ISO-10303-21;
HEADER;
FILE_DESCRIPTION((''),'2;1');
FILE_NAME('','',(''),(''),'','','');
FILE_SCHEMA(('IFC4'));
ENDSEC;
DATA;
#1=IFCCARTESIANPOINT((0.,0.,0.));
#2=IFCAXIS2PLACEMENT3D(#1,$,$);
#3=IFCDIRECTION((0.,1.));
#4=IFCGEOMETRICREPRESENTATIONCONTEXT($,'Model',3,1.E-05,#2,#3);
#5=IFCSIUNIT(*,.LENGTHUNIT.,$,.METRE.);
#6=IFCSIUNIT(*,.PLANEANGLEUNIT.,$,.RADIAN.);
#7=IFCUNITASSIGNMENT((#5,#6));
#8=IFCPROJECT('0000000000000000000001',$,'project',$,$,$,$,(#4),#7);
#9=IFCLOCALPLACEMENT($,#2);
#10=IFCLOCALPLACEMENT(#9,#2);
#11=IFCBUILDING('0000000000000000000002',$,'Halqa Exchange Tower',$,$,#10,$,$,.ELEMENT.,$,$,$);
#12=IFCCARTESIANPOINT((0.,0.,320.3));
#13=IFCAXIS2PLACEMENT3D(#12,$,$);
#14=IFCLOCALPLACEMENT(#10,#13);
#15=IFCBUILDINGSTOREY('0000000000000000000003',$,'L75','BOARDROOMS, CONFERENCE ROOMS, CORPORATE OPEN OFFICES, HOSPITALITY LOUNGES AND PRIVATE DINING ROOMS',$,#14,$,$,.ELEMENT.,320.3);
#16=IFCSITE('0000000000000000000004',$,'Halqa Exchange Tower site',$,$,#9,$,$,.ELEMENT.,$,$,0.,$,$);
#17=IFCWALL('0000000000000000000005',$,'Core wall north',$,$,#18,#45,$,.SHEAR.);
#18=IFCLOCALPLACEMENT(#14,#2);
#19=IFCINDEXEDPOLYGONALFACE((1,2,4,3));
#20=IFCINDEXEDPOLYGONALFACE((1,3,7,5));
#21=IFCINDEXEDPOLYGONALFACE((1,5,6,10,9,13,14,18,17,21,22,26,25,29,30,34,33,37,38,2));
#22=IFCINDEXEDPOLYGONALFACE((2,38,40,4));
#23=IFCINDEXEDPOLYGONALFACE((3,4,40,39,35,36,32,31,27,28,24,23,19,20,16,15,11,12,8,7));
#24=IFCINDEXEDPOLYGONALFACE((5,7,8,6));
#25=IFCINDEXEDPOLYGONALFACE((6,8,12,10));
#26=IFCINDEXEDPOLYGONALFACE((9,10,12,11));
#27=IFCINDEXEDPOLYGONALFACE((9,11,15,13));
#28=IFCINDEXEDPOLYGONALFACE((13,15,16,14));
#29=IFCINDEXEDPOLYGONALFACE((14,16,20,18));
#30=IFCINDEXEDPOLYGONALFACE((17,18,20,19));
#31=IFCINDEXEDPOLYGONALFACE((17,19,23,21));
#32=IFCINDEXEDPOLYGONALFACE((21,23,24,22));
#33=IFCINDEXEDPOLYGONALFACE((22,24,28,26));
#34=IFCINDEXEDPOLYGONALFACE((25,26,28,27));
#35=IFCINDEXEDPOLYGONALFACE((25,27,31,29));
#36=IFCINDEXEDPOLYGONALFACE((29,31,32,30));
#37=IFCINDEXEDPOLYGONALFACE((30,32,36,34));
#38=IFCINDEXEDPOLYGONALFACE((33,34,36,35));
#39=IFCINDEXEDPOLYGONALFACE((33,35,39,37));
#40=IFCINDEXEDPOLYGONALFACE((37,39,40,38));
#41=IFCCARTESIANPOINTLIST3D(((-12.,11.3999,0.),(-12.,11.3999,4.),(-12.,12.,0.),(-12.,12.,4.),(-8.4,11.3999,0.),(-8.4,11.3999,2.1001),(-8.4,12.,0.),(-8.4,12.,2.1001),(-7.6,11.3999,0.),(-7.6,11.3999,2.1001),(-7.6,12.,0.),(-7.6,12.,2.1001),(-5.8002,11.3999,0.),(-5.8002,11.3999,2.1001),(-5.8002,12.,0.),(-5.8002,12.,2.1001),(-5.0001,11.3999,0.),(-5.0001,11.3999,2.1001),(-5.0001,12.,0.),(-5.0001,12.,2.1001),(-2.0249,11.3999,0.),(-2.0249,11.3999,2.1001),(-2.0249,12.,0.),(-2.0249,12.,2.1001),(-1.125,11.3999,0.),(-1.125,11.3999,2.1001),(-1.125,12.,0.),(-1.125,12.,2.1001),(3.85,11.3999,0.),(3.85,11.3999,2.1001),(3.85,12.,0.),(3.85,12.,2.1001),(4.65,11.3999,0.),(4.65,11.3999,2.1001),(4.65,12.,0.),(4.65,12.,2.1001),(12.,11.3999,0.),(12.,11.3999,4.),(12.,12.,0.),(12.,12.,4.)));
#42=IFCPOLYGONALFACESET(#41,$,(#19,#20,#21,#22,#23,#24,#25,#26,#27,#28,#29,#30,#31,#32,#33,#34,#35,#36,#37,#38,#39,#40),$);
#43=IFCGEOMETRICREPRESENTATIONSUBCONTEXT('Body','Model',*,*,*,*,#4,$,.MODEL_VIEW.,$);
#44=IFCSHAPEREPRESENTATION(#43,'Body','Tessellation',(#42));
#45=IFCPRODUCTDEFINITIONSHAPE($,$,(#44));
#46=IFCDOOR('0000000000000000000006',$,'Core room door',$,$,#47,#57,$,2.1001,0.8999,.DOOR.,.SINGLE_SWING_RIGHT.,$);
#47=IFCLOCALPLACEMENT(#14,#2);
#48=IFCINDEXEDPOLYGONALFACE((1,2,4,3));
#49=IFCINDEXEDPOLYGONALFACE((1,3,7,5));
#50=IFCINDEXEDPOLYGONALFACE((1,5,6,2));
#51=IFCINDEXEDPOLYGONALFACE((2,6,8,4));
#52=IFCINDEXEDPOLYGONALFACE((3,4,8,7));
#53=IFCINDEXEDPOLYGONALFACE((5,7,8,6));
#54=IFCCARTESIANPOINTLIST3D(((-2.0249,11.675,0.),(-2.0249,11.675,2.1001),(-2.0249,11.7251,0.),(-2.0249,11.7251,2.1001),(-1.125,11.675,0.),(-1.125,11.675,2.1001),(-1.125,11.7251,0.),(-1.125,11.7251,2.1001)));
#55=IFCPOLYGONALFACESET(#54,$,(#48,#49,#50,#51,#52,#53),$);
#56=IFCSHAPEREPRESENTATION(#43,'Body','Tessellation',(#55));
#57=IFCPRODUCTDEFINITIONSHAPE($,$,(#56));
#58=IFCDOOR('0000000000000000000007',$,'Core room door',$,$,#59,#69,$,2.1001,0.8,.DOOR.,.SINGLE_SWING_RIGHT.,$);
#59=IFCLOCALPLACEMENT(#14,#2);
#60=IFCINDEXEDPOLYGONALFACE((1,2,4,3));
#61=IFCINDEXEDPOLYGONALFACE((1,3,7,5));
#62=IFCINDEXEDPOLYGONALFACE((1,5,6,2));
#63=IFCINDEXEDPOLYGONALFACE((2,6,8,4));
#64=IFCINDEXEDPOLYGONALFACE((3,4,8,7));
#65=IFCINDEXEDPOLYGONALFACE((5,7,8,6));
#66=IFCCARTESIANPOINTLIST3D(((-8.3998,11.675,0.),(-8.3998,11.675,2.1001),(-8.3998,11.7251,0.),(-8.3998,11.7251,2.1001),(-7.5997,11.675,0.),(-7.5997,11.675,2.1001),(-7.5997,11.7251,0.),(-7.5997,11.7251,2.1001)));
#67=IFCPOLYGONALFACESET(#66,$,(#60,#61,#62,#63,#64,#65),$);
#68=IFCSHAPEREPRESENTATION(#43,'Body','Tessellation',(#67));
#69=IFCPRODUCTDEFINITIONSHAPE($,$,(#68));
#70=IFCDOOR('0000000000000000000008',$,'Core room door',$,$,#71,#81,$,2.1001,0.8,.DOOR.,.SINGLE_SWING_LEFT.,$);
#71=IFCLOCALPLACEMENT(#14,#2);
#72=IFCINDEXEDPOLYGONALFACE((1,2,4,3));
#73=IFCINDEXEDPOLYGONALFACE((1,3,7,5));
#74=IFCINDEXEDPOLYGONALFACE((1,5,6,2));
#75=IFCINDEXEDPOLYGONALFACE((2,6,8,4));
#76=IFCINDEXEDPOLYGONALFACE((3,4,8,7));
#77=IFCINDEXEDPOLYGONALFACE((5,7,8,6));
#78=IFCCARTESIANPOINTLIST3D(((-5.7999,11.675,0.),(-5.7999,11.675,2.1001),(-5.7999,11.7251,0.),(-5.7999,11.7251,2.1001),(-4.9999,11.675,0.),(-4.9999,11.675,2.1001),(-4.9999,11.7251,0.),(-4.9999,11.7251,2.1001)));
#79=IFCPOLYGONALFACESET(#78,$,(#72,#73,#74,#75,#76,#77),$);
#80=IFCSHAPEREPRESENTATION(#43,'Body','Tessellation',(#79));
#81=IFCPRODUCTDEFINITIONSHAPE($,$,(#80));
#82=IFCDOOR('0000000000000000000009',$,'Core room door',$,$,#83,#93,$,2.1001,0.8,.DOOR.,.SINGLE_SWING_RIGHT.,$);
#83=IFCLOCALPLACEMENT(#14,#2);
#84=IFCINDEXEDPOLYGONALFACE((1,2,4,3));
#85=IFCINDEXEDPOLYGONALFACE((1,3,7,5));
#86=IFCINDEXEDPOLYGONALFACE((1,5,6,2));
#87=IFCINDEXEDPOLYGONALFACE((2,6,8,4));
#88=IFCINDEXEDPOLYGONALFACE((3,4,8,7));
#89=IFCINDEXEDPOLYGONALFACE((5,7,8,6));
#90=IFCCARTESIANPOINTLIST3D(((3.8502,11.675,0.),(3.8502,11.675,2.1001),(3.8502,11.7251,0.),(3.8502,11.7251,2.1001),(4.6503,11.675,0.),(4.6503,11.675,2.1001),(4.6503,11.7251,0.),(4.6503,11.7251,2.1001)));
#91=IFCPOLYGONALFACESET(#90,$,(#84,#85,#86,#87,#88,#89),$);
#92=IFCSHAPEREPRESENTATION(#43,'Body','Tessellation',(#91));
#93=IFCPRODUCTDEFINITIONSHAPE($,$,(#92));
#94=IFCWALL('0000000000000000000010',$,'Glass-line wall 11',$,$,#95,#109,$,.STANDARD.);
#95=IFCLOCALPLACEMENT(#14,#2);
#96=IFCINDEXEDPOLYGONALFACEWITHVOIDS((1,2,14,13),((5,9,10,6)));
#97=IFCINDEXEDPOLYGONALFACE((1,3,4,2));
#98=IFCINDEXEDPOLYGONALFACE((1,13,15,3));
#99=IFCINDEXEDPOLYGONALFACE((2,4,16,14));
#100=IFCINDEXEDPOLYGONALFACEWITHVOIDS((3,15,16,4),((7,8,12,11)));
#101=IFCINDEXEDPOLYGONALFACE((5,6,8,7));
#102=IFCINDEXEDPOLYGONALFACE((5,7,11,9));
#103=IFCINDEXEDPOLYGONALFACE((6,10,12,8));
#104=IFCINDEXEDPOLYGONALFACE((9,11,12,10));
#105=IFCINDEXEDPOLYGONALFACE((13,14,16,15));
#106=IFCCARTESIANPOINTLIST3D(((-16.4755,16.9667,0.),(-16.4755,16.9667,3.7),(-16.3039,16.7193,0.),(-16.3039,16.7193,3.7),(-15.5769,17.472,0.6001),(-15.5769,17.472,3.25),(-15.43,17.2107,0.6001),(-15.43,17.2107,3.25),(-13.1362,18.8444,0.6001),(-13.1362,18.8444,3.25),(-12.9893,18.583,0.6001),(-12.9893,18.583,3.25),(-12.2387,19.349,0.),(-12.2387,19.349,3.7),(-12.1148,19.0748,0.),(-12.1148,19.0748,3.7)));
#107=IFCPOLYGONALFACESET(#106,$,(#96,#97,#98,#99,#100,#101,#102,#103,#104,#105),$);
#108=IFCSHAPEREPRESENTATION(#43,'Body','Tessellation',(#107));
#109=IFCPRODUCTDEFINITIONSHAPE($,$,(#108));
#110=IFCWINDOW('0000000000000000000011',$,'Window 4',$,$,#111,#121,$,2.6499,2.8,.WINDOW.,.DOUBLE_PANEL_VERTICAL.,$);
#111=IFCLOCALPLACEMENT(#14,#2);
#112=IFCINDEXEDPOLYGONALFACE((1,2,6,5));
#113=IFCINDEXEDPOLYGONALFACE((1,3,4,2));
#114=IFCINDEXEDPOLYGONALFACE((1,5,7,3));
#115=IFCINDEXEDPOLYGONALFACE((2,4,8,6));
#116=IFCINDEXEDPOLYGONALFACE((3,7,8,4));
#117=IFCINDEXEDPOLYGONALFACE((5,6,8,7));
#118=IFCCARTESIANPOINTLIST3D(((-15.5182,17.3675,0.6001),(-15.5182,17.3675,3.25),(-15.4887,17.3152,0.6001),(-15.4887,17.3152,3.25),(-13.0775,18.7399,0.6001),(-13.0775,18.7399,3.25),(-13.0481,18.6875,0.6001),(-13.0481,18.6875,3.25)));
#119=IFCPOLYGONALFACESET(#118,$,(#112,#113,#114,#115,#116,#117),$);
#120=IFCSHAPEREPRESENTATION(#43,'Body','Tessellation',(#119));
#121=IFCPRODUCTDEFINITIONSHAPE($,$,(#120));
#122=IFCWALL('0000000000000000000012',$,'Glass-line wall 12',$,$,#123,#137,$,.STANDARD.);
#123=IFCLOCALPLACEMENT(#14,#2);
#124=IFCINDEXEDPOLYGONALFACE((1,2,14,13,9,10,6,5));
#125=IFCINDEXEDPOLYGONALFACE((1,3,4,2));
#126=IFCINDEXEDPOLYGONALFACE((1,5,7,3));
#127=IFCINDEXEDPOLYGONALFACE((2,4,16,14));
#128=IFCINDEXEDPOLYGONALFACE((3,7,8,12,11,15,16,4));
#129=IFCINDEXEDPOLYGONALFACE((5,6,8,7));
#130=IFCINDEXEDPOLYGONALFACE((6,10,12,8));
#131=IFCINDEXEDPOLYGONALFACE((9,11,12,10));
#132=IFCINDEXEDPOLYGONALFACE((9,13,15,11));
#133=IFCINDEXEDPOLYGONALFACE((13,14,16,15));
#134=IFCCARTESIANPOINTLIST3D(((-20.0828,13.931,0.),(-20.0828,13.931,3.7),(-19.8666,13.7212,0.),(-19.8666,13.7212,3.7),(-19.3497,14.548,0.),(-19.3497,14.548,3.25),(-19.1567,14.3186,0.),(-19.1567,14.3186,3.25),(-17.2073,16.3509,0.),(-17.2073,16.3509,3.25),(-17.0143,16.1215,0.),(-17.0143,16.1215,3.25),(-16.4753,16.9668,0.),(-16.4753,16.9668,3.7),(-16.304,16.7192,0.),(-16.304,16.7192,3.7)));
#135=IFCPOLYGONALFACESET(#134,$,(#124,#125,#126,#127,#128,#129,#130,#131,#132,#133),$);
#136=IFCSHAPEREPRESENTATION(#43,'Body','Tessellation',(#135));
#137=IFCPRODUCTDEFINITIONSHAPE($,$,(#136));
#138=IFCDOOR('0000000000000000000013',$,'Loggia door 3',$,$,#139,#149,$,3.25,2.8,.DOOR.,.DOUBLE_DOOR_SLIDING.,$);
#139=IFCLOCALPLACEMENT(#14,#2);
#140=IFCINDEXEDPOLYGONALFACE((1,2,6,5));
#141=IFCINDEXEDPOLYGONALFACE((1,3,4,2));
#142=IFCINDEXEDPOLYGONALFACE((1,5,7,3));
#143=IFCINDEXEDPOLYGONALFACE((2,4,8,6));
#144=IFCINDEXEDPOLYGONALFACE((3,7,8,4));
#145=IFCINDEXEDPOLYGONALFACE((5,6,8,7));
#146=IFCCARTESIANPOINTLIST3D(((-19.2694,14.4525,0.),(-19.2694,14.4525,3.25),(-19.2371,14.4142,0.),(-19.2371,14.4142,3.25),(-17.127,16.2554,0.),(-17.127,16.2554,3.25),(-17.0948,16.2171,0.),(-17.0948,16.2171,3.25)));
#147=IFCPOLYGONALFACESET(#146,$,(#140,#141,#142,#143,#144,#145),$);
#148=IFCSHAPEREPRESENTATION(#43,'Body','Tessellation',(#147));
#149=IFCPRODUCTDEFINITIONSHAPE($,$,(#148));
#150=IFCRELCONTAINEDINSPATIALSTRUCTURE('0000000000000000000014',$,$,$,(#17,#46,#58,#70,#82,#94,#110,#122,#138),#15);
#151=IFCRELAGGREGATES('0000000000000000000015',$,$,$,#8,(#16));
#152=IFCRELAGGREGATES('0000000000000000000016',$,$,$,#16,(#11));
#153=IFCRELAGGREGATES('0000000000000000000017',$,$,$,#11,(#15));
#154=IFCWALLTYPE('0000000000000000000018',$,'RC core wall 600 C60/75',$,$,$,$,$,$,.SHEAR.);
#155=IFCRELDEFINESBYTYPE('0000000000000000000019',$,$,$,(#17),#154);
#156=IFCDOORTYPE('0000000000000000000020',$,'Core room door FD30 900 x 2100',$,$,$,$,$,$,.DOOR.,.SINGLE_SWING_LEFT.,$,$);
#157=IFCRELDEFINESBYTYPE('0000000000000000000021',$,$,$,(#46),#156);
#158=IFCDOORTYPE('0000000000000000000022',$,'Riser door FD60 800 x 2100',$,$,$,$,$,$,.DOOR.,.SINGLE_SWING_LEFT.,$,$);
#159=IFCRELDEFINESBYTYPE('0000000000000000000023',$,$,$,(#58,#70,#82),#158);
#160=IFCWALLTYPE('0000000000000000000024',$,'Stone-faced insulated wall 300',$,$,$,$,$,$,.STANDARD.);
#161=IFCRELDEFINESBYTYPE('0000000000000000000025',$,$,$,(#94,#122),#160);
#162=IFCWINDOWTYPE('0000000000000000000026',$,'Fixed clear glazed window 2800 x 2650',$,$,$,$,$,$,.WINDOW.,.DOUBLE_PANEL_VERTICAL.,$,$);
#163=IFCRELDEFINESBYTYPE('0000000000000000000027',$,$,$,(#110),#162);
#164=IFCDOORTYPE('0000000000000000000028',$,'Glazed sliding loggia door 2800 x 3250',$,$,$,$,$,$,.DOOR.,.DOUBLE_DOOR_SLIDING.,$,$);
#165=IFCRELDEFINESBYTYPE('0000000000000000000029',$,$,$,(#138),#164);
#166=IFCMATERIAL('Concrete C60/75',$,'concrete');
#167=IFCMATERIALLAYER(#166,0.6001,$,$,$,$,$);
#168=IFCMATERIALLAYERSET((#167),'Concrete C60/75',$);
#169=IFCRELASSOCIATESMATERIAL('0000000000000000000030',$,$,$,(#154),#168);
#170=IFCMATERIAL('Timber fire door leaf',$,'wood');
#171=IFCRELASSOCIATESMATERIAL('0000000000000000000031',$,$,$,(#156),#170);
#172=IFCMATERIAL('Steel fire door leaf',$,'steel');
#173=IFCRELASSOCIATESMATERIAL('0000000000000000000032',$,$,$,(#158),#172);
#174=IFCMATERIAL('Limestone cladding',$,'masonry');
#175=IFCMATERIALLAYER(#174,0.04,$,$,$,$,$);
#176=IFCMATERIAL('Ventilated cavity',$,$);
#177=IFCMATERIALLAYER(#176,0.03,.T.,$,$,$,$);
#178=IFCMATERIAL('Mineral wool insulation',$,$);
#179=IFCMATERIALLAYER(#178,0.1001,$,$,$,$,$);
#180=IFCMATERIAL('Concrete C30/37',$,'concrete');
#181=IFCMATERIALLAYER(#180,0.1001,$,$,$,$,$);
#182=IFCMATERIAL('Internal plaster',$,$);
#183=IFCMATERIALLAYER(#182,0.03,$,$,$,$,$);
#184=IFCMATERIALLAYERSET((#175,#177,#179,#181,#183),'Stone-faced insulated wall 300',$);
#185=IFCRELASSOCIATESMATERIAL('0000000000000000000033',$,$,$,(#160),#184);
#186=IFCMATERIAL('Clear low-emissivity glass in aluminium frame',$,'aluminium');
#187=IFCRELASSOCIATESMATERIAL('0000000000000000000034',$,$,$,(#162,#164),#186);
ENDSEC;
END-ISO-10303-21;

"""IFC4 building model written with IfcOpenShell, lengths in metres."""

from ifc_helpers import new_model, si_unit, direction, frame, frame_2d, origin, place, context, subcontext, project, spatial, polyline, rectangle, outline, extrude, material, layer, layer_set, type_object, element, fill, save


model = new_model("IFC4")

# Units and contexts
model_context = context("Model", 3, precision=1e-05, world=origin(), true_north=direction((0.0, 1.0)))
body_context = subcontext(model_context, "Body", "Model", "MODEL_VIEW")
ifc_project = project(units=[si_unit("LENGTHUNIT", "METRE"), si_unit("PLANEANGLEUNIT", "RADIAN")], contexts=[model_context])

# Site, building, storey
site_placement = place(None, origin())
site = spatial("IfcSite", under=ifc_project, at=site_placement, Name="Halqa Exchange Tower site", CompositionType="ELEMENT", RefElevation=0.0)
building_placement = place(site_placement, origin())
building = spatial("IfcBuilding", under=site, at=building_placement, Name="Halqa Exchange Tower", CompositionType="ELEMENT")
storey_placement = place(building_placement, frame((0.0, 0.0, 320.3)))
storey = spatial("IfcBuildingStorey", under=building, at=storey_placement, Name="L75", Description="BOARDROOMS, CONFERENCE ROOMS, CORPORATE OPEN OFFICES, HOSPITALITY LOUNGES AND PRIVATE DINING ROOMS", CompositionType="ELEMENT", Elevation=320.3)

# Shared definitions
ifc_material_1 = material(Name="Concrete C60/75", Category="concrete")

# Wall, openings, doors
ifc_material_2 = material(Name="Steel fire door leaf", Category="steel")
ifc_layer_1 = layer(ifc_material_1, 0.6001)
ifc_layer_set_1 = layer_set([ifc_layer_1], Name="Concrete C60/75")
wall_type_1 = type_object("IfcWallType", Name="RC core wall 600 C60/75", PredefinedType="SHEAR", material=ifc_layer_set_1)
wall_1_placement = place(storey_placement, frame((-12.0, 11.7, 0.0), z_axis=(0.0, 0.0, 1.0), x_axis=(1.0, 0.0, 0.0)))
wall_1 = element("IfcWall", 1, at=wall_1_placement, inside=storey, type_object=wall_type_1, Name="Core wall north", PredefinedType="SHEAR", context=body_context, shape_type="SweptSolid", body=[
    extrude(rectangle(XDim=24.0, YDim=0.6001, at=frame_2d((12.0, 0.0))), origin(), (0.0, 0.0, 1.0), 4.0),
])
opening_1_placement = place(wall_1_placement, frame((9.9751, 0.0, 0.0)))
opening_1 = element("IfcOpeningElement", 2, at=opening_1_placement, cuts=wall_1, PredefinedType="OPENING", context=body_context, shape_type="SweptSolid", body=[
    extrude(rectangle(XDim=0.8999, YDim=2.1001, at=frame_2d((0.45, 1.05))), frame((0.0, 0.312, 0.0), z_axis=(0.0, -1.0, 0.0), x_axis=(1.0, 0.0, 0.0)), (0.0, 0.0, 1.0), 0.624),
])
opening_2_placement = place(wall_1_placement, frame((3.6001, 0.0, 0.0)))
opening_2 = element("IfcOpeningElement", 3, at=opening_2_placement, cuts=wall_1, PredefinedType="OPENING", context=body_context, shape_type="SweptSolid", body=[
    extrude(rectangle(XDim=0.8, YDim=2.1001, at=frame_2d((0.3999, 1.05))), frame((0.0, 0.312, 0.0), z_axis=(0.0, -1.0, 0.0), x_axis=(1.0, 0.0, 0.0)), (0.0, 0.0, 1.0), 0.624),
])
opening_3_placement = place(wall_1_placement, frame((6.2, 0.0, 0.0)))
opening_3 = element("IfcOpeningElement", 4, at=opening_3_placement, cuts=wall_1, PredefinedType="OPENING", context=body_context, shape_type="SweptSolid", body=[
    extrude(rectangle(XDim=0.8, YDim=2.1001, at=frame_2d((0.3999, 1.05))), frame((0.0, 0.312, 0.0), z_axis=(0.0, -1.0, 0.0), x_axis=(1.0, 0.0, 0.0)), (0.0, 0.0, 1.0), 0.624),
])
opening_4_placement = place(wall_1_placement, frame((15.8501, 0.0, 0.0)))
opening_4 = element("IfcOpeningElement", 5, at=opening_4_placement, cuts=wall_1, PredefinedType="OPENING", context=body_context, shape_type="SweptSolid", body=[
    extrude(rectangle(XDim=0.8, YDim=2.1001, at=frame_2d((0.3999, 1.05))), frame((0.0, 0.312, 0.0), z_axis=(0.0, -1.0, 0.0), x_axis=(1.0, 0.0, 0.0)), (0.0, 0.0, 1.0), 0.624),
])
ifc_material_3 = material(Name="Timber fire door leaf", Category="wood")
door_type_1 = type_object("IfcDoorType", Name="Core room door FD30 900 x 2100", OperationType="SINGLE_SWING_LEFT", PredefinedType="DOOR", material=ifc_material_3)
door_1_placement = place(opening_1_placement, frame((0.8999, 0.0, 0.0), z_axis=(0.0, 0.0, 1.0), x_axis=(-1.0, 0.0, 0.0)))
door_1 = element("IfcDoor", 6, at=door_1_placement, inside=storey, type_object=door_type_1, Name="Core room door", OperationType="SINGLE_SWING_RIGHT", OverallHeight=2.1001, OverallWidth=0.8999, PredefinedType="DOOR", context=body_context, shape_type="SweptSolid", body=[
    extrude(rectangle(XDim=0.8999, YDim=2.1001, at=frame_2d((0.45, 1.05))), frame((0.0, 0.0249, 0.0), z_axis=(0.0, -1.0, 0.0), x_axis=(1.0, 0.0, 0.0)), (0.0, 0.0, 1.0), 0.05),
])
fill(opening_1, door_1)
door_type_2 = type_object("IfcDoorType", Name="Riser door FD60 800 x 2100", OperationType="SINGLE_SWING_LEFT", PredefinedType="DOOR", material=ifc_material_2)
door_2_placement = place(opening_2_placement, frame((0.8, 0.0, 0.0), z_axis=(0.0, 0.0, 1.0), x_axis=(-1.0, 0.0, 0.0)))
door_2 = element("IfcDoor", 7, at=door_2_placement, inside=storey, type_object=door_type_2, Name="Core room door", OperationType="SINGLE_SWING_RIGHT", OverallHeight=2.1001, OverallWidth=0.8, PredefinedType="DOOR", context=body_context, shape_type="SweptSolid", body=[
    extrude(rectangle(XDim=0.8, YDim=2.1001, at=frame_2d((0.3999, 1.05))), frame((0.0, 0.0249, 0.0), z_axis=(0.0, -1.0, 0.0), x_axis=(1.0, 0.0, 0.0)), (0.0, 0.0, 1.0), 0.05),
])
fill(opening_2, door_2)
door_3_placement = place(opening_3_placement, frame((0.8, 0.0, 0.0), z_axis=(0.0, 0.0, 1.0), x_axis=(-1.0, 0.0, 0.0)))
door_3 = element("IfcDoor", 8, at=door_3_placement, inside=storey, type_object=door_type_2, Name="Core room door", OperationType="SINGLE_SWING_LEFT", OverallHeight=2.1001, OverallWidth=0.8, PredefinedType="DOOR", context=body_context, shape_type="SweptSolid", body=[
    extrude(rectangle(XDim=0.8, YDim=2.1001, at=frame_2d((0.3999, 1.05))), frame((0.0, 0.0249, 0.0), z_axis=(0.0, -1.0, 0.0), x_axis=(1.0, 0.0, 0.0)), (0.0, 0.0, 1.0), 0.05),
])
fill(opening_3, door_3)
door_4_placement = place(opening_4_placement, frame((0.8, 0.0, 0.0), z_axis=(0.0, 0.0, 1.0), x_axis=(-1.0, 0.0, 0.0)))
door_4 = element("IfcDoor", 9, at=door_4_placement, inside=storey, type_object=door_type_2, Name="Core room door", OperationType="SINGLE_SWING_RIGHT", OverallHeight=2.1001, OverallWidth=0.8, PredefinedType="DOOR", context=body_context, shape_type="SweptSolid", body=[
    extrude(rectangle(XDim=0.8, YDim=2.1001, at=frame_2d((0.3999, 1.05))), frame((0.0, 0.0249, 0.0), z_axis=(0.0, -1.0, 0.0), x_axis=(1.0, 0.0, 0.0)), (0.0, 0.0, 1.0), 0.05),
])
fill(opening_4, door_4)

# Wall, opening, window
ifc_material_4 = material(Name="Limestone cladding", Category="masonry")
ifc_layer_2 = layer(ifc_material_4, 0.04)
ifc_material_5 = material(Name="Ventilated cavity")
ifc_layer_3 = layer(ifc_material_5, 0.03, ventilated=True)
ifc_material_6 = material(Name="Mineral wool insulation")
ifc_layer_4 = layer(ifc_material_6, 0.1001)
ifc_material_7 = material(Name="Concrete C30/37", Category="concrete")
ifc_layer_5 = layer(ifc_material_7, 0.1001)
ifc_material_8 = material(Name="Internal plaster")
ifc_layer_6 = layer(ifc_material_8, 0.03)
ifc_layer_set_2 = layer_set([ifc_layer_2, ifc_layer_3, ifc_layer_4, ifc_layer_5, ifc_layer_6], Name="Stone-faced insulated wall 300")
wall_type_2 = type_object("IfcWallType", Name="Stone-faced insulated wall 300", PredefinedType="STANDARD", material=ifc_layer_set_2)
wall_2_placement = place(storey_placement, frame((-12.1768, 19.2119, 0.0), z_axis=(0.0, 0.0, 1.0), x_axis=(-0.871651, -0.490127, 0.0)))
wall_2 = element("IfcWall", 10, at=wall_2_placement, inside=storey, type_object=wall_type_2, Name="Glass-line wall 11", PredefinedType="STANDARD", context=body_context, shape_type="SweptSolid", body=[
    extrude(outline(polyline([(-0.0132, -0.1499), (4.8474, -0.1499), (4.8191, 0.1499), (0.0132, 0.1499), (-0.0132, -0.1499)])), origin(), (0.0, 0.0, 1.0), 3.7),
])
opening_5_placement = place(wall_2_placement, frame((1.0166, 0.0, 0.6001)))
opening_5 = element("IfcOpeningElement", 11, at=opening_5_placement, cuts=wall_2, PredefinedType="OPENING", context=body_context, shape_type="SweptSolid", body=[
    extrude(rectangle(XDim=2.8, YDim=2.6499, at=frame_2d((1.3999, 1.325))), frame((0.0, 0.1621, 0.0), z_axis=(0.0, -1.0, 0.0), x_axis=(1.0, 0.0, 0.0)), (0.0, 0.0, 1.0), 0.324),
])
ifc_material_9 = material(Name="Clear low-emissivity glass in aluminium frame", Category="aluminium")
window_type = type_object("IfcWindowType", Name="Fixed clear glazed window 2800 x 2650", PartitioningType="DOUBLE_PANEL_VERTICAL", PredefinedType="WINDOW", material=ifc_material_9)
window_1_placement = place(opening_5_placement, origin())
window_1 = element("IfcWindow", 12, at=window_1_placement, inside=storey, type_object=window_type, Name="Window 4", OverallHeight=2.6499, OverallWidth=2.8, PartitioningType="DOUBLE_PANEL_VERTICAL", PredefinedType="WINDOW", context=body_context, shape_type="SweptSolid", body=[
    extrude(rectangle(XDim=2.8, YDim=2.6499, at=frame_2d((1.3999, 1.325))), frame((0.0, 0.03, 0.0), z_axis=(0.0, -1.0, 0.0), x_axis=(1.0, 0.0, 0.0)), (0.0, 0.0, 1.0), 0.0601),
])
fill(opening_5, window_1)

# Wall, opening, door
wall_3_placement = place(storey_placement, frame((-16.3896, 16.843, 0.0), z_axis=(0.0, 0.0, 1.0), x_axis=(-0.765129, -0.643877, 0.0)))
wall_3 = element("IfcWall", 13, at=wall_3_placement, inside=storey, type_object=wall_type_2, Name="Glass-line wall 12", PredefinedType="STANDARD", context=body_context, shape_type="SweptSolid", body=[
    extrude(outline(polyline([(-0.0142, -0.1499), (4.7007, -0.1499), (4.6704, 0.1499), (0.0142, 0.1499), (-0.0142, -0.1499)])), origin(), (0.0, 0.0, 1.0), 3.7),
])
opening_6_placement = place(wall_3_placement, frame((0.9426, 0.0, 0.0)))
opening_6 = element("IfcOpeningElement", 14, at=opening_6_placement, cuts=wall_3, PredefinedType="OPENING", context=body_context, shape_type="SweptSolid", body=[
    extrude(rectangle(XDim=2.8, YDim=3.25, at=frame_2d((1.3999, 1.625))), frame((0.0, 0.1621, 0.0), z_axis=(0.0, -1.0, 0.0), x_axis=(1.0, 0.0, 0.0)), (0.0, 0.0, 1.0), 0.324),
])
door_type_3 = type_object("IfcDoorType", Name="Glazed sliding loggia door 2800 x 3250", OperationType="DOUBLE_DOOR_SLIDING", PredefinedType="DOOR", material=ifc_material_9)
door_5_placement = place(opening_6_placement, origin())
door_5 = element("IfcDoor", 15, at=door_5_placement, inside=storey, type_object=door_type_3, Name="Loggia door 3", OperationType="DOUBLE_DOOR_SLIDING", OverallHeight=3.25, OverallWidth=2.8, PredefinedType="DOOR", context=body_context, shape_type="SweptSolid", body=[
    extrude(rectangle(XDim=2.8, YDim=3.25, at=frame_2d((1.3999, 1.625))), frame((0.0, 0.0249, 0.0), z_axis=(0.0, -1.0, 0.0), x_axis=(1.0, 0.0, 0.0)), (0.0, 0.0, 1.0), 0.05),
])
fill(opening_6, door_5)

save(model, "model.ifc")
